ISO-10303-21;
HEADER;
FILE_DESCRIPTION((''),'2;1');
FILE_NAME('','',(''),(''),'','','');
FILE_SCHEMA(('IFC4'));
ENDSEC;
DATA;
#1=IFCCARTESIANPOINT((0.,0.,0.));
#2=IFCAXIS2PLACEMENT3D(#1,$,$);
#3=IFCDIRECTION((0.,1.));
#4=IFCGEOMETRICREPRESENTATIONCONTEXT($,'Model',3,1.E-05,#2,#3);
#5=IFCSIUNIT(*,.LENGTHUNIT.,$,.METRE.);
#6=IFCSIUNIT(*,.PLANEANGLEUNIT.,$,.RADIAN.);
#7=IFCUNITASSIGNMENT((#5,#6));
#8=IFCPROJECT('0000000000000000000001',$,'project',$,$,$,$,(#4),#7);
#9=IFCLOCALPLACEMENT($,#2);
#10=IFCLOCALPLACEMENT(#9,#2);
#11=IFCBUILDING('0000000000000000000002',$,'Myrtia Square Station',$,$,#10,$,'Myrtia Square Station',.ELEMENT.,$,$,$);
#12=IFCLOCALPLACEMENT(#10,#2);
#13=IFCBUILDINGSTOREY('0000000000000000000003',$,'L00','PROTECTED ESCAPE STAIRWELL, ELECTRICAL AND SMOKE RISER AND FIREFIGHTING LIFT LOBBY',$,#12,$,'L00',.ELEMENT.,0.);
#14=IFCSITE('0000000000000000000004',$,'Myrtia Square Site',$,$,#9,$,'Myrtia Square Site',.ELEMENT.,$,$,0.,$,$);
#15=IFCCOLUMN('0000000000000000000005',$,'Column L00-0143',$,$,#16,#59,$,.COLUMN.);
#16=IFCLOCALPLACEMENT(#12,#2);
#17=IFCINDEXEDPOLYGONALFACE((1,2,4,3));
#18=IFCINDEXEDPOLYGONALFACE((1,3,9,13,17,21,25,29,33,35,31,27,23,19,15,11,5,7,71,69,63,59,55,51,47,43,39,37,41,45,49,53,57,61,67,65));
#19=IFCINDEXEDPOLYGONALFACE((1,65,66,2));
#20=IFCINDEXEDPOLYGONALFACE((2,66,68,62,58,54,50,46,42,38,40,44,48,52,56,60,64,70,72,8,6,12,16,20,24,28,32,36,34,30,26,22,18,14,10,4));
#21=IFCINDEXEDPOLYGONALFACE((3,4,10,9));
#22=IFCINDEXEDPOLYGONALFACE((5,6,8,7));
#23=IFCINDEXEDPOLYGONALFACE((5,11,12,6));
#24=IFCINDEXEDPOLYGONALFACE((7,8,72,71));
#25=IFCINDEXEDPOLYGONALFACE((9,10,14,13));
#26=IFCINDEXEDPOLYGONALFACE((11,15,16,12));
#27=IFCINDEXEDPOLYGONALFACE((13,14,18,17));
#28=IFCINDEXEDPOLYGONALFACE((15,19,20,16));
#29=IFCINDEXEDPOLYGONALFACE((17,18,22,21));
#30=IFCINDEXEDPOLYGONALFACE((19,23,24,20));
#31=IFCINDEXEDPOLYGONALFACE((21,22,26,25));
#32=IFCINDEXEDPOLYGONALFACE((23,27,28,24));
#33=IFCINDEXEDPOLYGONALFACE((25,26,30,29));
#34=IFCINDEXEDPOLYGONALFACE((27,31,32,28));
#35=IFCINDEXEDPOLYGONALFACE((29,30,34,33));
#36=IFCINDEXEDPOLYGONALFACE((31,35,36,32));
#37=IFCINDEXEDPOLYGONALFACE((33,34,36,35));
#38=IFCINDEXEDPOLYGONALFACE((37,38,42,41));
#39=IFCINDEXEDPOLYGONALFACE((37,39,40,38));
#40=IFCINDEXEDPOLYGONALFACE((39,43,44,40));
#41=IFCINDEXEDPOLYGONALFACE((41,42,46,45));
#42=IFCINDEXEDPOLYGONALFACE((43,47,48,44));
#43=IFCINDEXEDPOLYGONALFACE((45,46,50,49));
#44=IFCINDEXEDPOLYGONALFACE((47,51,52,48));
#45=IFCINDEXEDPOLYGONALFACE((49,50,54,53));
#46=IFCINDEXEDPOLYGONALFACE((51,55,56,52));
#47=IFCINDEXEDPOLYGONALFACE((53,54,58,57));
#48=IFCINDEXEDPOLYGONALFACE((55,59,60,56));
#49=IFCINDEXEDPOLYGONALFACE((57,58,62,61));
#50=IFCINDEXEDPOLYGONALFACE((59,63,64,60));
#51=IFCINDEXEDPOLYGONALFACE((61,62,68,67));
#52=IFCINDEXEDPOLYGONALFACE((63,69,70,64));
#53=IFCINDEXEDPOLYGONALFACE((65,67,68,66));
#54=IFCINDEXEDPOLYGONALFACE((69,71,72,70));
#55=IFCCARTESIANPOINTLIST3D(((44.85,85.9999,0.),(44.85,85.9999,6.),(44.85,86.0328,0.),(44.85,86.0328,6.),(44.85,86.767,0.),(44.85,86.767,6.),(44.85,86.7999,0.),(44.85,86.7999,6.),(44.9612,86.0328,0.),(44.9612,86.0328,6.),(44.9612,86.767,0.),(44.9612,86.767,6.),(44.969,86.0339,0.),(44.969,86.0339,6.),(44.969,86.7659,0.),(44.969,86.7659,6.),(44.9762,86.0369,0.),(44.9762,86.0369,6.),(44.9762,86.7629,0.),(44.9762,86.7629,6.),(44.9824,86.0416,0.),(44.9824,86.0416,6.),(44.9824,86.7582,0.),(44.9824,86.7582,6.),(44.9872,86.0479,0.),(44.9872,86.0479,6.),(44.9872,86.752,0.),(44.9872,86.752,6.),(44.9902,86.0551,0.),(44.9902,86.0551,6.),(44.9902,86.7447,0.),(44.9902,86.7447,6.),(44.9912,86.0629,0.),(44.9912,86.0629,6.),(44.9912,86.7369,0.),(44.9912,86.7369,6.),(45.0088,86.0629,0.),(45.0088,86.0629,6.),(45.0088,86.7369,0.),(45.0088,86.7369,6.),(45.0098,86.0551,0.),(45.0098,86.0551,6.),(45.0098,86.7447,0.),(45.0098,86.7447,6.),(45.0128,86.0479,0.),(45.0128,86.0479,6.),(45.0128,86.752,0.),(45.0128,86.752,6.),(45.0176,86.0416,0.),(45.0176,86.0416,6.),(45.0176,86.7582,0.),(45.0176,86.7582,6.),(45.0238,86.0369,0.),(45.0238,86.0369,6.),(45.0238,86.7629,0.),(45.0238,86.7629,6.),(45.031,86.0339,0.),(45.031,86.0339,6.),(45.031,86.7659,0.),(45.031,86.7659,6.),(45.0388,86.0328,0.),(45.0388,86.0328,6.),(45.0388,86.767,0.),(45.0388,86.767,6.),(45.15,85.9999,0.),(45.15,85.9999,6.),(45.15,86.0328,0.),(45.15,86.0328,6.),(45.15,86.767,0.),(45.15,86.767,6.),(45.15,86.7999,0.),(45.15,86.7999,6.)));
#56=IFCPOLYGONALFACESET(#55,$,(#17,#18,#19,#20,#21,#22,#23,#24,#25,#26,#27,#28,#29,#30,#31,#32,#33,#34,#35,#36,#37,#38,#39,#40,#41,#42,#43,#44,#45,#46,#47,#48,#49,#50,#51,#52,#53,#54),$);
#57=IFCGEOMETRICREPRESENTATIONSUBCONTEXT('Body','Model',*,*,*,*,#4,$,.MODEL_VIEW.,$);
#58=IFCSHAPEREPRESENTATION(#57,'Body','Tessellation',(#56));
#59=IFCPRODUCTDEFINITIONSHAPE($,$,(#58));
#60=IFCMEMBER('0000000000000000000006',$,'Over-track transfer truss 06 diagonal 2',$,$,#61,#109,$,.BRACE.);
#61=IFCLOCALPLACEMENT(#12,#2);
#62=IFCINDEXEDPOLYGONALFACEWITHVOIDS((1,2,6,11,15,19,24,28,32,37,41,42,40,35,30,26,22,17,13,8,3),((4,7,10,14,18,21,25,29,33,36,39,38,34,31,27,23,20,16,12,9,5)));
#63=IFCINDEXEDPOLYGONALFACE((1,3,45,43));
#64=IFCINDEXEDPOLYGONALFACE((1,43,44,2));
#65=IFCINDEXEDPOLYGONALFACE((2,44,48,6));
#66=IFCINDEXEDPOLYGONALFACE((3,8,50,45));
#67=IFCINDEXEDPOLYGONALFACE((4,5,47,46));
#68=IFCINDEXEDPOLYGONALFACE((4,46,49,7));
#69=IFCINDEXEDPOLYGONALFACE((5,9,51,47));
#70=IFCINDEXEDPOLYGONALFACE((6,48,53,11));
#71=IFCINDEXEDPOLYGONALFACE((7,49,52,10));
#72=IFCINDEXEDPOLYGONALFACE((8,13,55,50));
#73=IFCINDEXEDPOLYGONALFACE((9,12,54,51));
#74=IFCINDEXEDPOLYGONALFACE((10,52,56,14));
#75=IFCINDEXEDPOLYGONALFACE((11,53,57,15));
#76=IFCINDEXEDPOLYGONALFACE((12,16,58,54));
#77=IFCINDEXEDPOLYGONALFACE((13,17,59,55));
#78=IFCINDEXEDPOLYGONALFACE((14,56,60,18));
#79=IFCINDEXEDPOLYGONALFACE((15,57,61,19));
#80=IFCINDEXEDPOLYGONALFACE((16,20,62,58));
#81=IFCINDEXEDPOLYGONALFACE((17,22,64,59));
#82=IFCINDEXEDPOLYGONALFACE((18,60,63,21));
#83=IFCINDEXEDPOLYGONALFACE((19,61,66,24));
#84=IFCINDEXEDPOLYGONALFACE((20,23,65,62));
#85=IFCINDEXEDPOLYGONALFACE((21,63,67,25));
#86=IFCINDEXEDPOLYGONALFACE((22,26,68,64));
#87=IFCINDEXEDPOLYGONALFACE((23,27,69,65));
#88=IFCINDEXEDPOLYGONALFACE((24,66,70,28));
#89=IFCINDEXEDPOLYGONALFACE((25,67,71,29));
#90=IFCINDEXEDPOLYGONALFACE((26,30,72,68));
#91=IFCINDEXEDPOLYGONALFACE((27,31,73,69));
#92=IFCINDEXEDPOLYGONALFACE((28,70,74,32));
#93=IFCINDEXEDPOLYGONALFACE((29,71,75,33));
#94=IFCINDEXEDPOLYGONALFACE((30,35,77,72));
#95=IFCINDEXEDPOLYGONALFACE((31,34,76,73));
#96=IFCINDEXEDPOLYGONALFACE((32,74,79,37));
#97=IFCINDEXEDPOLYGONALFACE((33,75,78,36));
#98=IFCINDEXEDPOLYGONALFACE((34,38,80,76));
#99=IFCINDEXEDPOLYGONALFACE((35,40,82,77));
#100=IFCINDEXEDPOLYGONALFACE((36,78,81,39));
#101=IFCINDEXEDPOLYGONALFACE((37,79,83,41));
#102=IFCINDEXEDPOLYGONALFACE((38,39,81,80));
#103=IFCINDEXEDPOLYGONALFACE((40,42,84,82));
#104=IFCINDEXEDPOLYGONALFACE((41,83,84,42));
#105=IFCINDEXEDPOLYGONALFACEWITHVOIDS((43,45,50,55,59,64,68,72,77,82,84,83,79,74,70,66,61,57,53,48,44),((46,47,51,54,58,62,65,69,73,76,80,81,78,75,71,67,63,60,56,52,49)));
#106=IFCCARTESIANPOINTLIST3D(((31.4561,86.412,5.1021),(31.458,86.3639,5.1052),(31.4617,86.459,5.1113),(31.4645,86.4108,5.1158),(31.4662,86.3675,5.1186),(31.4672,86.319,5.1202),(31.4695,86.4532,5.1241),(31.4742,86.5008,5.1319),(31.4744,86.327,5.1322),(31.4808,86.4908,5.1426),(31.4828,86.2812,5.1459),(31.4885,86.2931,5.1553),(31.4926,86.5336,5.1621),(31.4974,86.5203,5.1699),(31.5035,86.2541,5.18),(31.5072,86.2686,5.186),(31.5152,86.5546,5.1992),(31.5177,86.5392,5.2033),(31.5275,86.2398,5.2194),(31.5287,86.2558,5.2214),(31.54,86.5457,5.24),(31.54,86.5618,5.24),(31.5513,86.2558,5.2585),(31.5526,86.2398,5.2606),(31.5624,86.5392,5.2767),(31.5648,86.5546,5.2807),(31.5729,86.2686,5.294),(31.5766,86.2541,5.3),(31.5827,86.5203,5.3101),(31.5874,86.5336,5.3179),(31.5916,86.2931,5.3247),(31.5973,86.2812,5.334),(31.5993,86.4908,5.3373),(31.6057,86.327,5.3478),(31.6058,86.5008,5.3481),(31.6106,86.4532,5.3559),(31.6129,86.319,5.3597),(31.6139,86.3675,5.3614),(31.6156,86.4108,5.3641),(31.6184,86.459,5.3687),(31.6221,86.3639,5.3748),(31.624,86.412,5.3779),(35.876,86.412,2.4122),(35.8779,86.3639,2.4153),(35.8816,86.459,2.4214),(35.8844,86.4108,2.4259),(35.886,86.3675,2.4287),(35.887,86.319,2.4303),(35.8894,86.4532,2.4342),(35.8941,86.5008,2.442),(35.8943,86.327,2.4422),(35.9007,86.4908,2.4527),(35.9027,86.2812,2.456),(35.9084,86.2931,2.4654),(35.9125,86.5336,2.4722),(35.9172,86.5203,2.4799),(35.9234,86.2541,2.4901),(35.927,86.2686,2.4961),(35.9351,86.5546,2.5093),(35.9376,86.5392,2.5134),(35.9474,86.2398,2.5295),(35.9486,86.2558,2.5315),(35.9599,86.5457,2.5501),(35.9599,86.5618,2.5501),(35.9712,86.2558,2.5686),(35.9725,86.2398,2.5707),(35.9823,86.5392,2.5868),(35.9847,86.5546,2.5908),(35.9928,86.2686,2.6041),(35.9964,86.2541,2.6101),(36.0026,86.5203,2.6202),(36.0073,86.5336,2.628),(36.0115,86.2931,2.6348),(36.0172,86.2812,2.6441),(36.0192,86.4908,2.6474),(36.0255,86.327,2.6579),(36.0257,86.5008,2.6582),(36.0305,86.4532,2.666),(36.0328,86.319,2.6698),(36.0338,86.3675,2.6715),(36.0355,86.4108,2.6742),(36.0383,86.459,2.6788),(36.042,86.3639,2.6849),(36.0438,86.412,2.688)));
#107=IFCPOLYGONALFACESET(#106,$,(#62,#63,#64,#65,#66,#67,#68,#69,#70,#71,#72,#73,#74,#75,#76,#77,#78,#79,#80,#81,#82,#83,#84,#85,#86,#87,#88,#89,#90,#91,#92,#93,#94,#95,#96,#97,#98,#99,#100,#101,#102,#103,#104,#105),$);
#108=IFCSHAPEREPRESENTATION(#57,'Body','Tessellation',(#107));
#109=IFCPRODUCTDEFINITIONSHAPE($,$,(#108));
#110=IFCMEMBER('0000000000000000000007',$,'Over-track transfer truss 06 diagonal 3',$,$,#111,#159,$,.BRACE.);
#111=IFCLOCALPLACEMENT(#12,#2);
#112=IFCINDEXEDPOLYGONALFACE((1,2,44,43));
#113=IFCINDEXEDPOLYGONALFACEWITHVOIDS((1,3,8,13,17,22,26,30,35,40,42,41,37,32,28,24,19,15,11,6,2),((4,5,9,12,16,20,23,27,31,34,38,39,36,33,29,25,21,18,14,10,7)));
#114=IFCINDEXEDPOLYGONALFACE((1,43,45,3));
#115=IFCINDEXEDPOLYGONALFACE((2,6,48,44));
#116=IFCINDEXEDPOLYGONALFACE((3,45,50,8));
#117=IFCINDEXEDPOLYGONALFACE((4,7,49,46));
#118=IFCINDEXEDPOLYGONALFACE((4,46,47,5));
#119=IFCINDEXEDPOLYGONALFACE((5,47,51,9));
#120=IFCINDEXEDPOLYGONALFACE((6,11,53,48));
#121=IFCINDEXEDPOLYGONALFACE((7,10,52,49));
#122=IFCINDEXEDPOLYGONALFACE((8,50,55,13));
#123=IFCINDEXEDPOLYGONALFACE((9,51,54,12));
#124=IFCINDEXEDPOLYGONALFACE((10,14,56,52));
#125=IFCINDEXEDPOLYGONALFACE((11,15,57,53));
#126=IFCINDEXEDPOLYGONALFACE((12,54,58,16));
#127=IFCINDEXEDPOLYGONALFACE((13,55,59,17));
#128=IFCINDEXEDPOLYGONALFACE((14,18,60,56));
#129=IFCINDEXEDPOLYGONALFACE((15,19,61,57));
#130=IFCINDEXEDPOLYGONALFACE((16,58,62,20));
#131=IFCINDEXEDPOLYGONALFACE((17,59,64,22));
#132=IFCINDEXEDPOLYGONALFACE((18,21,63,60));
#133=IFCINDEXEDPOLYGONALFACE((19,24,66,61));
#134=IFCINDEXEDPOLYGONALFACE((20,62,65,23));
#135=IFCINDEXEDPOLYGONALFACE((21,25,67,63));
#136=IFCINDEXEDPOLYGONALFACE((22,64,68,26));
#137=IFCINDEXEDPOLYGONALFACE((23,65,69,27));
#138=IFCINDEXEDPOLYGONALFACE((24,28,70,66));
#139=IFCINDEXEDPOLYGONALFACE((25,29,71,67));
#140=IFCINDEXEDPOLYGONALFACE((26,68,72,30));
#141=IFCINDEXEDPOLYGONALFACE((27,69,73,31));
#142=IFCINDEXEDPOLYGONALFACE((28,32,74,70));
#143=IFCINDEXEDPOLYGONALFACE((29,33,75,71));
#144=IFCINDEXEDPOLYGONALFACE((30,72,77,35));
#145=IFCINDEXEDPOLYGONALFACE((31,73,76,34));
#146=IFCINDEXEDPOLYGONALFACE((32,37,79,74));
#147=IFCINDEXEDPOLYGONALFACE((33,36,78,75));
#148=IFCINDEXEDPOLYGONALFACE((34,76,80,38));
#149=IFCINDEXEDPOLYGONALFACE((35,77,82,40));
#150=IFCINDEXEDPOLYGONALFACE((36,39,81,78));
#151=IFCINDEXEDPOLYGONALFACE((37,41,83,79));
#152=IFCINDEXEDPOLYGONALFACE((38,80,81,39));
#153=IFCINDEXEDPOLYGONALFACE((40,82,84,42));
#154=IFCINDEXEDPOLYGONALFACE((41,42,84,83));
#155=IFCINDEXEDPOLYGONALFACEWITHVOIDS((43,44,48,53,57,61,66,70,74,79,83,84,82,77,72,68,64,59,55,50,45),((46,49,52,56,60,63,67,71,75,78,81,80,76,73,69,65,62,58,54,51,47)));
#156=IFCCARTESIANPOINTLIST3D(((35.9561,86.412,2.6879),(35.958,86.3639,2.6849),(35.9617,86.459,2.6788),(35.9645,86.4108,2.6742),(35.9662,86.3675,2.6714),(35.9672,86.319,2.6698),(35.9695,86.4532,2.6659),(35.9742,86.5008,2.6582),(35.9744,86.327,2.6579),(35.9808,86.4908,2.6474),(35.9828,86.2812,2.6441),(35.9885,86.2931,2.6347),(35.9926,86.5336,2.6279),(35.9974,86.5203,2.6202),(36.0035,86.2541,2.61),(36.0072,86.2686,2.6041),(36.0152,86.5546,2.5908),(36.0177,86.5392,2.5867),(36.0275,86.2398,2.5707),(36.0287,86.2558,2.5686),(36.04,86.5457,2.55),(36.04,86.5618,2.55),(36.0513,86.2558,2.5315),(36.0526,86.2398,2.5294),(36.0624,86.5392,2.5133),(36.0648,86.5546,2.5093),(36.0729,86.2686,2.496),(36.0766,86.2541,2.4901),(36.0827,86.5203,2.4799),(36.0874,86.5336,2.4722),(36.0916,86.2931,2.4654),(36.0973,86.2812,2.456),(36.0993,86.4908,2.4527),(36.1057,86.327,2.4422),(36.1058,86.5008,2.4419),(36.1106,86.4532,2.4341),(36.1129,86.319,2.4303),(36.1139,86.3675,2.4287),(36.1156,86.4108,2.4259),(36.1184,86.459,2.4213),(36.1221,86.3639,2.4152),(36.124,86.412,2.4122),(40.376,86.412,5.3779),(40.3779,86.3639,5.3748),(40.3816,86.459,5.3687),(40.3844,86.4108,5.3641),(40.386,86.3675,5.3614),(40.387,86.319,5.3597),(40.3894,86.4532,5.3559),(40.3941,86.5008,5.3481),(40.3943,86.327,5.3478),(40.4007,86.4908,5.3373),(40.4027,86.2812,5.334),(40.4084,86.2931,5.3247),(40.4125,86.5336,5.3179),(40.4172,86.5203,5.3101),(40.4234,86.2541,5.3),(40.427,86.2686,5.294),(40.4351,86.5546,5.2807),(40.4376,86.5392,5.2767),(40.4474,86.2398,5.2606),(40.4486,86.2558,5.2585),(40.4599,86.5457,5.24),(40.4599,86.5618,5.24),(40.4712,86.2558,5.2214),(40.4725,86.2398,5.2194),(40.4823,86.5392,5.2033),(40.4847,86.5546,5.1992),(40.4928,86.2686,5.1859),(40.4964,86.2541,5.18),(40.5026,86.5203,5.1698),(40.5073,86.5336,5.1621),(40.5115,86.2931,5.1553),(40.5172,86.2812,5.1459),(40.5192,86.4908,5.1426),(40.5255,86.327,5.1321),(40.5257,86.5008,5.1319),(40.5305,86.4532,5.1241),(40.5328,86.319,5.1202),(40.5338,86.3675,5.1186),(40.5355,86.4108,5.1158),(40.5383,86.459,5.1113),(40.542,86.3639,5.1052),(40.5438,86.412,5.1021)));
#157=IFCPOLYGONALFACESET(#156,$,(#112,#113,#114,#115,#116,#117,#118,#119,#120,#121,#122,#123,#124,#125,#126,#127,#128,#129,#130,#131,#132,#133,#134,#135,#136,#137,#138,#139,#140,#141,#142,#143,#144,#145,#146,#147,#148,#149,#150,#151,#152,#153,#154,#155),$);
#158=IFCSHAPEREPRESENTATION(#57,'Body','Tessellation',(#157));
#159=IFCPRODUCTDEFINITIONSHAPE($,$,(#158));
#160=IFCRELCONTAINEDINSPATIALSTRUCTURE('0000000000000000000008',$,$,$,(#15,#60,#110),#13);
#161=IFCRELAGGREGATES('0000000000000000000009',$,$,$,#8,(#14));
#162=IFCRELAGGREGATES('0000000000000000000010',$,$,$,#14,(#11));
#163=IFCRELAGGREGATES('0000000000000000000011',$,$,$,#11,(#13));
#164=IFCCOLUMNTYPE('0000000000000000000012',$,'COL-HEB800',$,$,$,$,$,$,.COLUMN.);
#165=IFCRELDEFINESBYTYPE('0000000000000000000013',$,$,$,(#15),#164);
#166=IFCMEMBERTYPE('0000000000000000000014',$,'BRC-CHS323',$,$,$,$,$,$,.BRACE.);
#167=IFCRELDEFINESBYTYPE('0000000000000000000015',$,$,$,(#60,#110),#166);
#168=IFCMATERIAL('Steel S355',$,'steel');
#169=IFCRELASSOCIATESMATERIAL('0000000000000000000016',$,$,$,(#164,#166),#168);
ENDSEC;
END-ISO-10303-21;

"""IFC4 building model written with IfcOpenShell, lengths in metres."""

from ifc_helpers import new_model, si_unit, direction, frame, origin, origin_2d, place, context, subcontext, project, spatial, hollow_circle, i_section, extrude, material, material_profile, profile_set, type_object, element, save


model = new_model("IFC4")

# Units and contexts
model_context = context("Model", 3, precision=1e-05, world=origin(), true_north=direction((0.0, 1.0)))
body_context = subcontext(model_context, "Body", "Model", "MODEL_VIEW")
ifc_project = project(units=[si_unit("LENGTHUNIT", "METRE"), si_unit("PLANEANGLEUNIT", "RADIAN")], contexts=[model_context])

# Site, building, storey
site_placement = place(None, origin())
site = spatial("IfcSite", under=ifc_project, at=site_placement, Name="Myrtia Square Site", LongName="Myrtia Square Site", CompositionType="ELEMENT", RefElevation=0.0)
building_placement = place(site_placement, origin())
building = spatial("IfcBuilding", under=site, at=building_placement, Name="Myrtia Square Station", LongName="Myrtia Square Station", CompositionType="ELEMENT")
storey_placement = place(building_placement, origin())
storey = spatial("IfcBuildingStorey", under=building, at=storey_placement, Name="L00", Description="PROTECTED ESCAPE STAIRWELL, ELECTRICAL AND SMOKE RISER AND FIREFIGHTING LIFT LOBBY", LongName="L00", CompositionType="ELEMENT", Elevation=0.0)

# Column
ifc_material_1 = material(Name="Steel S355", Category="steel")
ifc_material_profile_1 = material_profile(ifc_material_1, i_section(OverallWidth=0.3, OverallDepth=0.8, WebThickness=0.0176, FlangeThickness=0.033, FilletRadius=0.03, at=origin_2d()), Name="HEB 800")
ifc_profile_set_1 = profile_set([ifc_material_profile_1], Name="Steel S355")
column_type_1 = type_object("IfcColumnType", Name="COL-HEB800", PredefinedType="COLUMN", material=ifc_profile_set_1)
column_placement = place(storey_placement, frame((45.0, 86.3999, 0.0), z_axis=(0.0, 0.0, 1.0), x_axis=(1.0, 0.0, 0.0)))
element("IfcColumn", 1, at=column_placement, inside=storey, type_object=column_type_1, Name="Column L00-0143", PredefinedType="COLUMN", context=body_context, shape_type="SweptSolid", body=[
    extrude(i_section(OverallWidth=0.3, OverallDepth=0.8, WebThickness=0.0176, FlangeThickness=0.033, FilletRadius=0.03, at=origin_2d()), origin(), (0.0, 0.0, 1.0), 6.0),
])

# Members
ifc_material_profile_2 = material_profile(ifc_material_1, hollow_circle(Radius=0.1619, WallThickness=0.0161, at=origin_2d()), Name="CHS 323.9x16")
ifc_profile_set_2 = profile_set([ifc_material_profile_2], Name="Steel S355")
member_type_1 = type_object("IfcMemberType", Name="BRC-CHS323", PredefinedType="BRACE", material=ifc_profile_set_2)
for number, where, z_axis, x_axis, name in (
    (2, (31.54, 86.3999, 5.24), (0.854237, 0.0, -0.519884), (0.0, 1.0, 0.0), "Over-track transfer truss 06 diagonal 2"),
    (3, (36.04, 86.3999, 2.55), (0.854237, 0.0, 0.519884), (0.0, 1.0, 0.0), "Over-track transfer truss 06 diagonal 3"),
):
    element("IfcMember", number, at=place(storey_placement, frame(where, z_axis=z_axis, x_axis=x_axis)), inside=storey, type_object=member_type_1, Name=name, PredefinedType="BRACE", context=body_context, shape_type="SweptSolid", body=[
        extrude(hollow_circle(Radius=0.1619, WallThickness=0.0161, at=origin_2d()), origin(), (0.0, 0.0, 1.0), 5.1741),
    ])

save(model, "model.ifc")
